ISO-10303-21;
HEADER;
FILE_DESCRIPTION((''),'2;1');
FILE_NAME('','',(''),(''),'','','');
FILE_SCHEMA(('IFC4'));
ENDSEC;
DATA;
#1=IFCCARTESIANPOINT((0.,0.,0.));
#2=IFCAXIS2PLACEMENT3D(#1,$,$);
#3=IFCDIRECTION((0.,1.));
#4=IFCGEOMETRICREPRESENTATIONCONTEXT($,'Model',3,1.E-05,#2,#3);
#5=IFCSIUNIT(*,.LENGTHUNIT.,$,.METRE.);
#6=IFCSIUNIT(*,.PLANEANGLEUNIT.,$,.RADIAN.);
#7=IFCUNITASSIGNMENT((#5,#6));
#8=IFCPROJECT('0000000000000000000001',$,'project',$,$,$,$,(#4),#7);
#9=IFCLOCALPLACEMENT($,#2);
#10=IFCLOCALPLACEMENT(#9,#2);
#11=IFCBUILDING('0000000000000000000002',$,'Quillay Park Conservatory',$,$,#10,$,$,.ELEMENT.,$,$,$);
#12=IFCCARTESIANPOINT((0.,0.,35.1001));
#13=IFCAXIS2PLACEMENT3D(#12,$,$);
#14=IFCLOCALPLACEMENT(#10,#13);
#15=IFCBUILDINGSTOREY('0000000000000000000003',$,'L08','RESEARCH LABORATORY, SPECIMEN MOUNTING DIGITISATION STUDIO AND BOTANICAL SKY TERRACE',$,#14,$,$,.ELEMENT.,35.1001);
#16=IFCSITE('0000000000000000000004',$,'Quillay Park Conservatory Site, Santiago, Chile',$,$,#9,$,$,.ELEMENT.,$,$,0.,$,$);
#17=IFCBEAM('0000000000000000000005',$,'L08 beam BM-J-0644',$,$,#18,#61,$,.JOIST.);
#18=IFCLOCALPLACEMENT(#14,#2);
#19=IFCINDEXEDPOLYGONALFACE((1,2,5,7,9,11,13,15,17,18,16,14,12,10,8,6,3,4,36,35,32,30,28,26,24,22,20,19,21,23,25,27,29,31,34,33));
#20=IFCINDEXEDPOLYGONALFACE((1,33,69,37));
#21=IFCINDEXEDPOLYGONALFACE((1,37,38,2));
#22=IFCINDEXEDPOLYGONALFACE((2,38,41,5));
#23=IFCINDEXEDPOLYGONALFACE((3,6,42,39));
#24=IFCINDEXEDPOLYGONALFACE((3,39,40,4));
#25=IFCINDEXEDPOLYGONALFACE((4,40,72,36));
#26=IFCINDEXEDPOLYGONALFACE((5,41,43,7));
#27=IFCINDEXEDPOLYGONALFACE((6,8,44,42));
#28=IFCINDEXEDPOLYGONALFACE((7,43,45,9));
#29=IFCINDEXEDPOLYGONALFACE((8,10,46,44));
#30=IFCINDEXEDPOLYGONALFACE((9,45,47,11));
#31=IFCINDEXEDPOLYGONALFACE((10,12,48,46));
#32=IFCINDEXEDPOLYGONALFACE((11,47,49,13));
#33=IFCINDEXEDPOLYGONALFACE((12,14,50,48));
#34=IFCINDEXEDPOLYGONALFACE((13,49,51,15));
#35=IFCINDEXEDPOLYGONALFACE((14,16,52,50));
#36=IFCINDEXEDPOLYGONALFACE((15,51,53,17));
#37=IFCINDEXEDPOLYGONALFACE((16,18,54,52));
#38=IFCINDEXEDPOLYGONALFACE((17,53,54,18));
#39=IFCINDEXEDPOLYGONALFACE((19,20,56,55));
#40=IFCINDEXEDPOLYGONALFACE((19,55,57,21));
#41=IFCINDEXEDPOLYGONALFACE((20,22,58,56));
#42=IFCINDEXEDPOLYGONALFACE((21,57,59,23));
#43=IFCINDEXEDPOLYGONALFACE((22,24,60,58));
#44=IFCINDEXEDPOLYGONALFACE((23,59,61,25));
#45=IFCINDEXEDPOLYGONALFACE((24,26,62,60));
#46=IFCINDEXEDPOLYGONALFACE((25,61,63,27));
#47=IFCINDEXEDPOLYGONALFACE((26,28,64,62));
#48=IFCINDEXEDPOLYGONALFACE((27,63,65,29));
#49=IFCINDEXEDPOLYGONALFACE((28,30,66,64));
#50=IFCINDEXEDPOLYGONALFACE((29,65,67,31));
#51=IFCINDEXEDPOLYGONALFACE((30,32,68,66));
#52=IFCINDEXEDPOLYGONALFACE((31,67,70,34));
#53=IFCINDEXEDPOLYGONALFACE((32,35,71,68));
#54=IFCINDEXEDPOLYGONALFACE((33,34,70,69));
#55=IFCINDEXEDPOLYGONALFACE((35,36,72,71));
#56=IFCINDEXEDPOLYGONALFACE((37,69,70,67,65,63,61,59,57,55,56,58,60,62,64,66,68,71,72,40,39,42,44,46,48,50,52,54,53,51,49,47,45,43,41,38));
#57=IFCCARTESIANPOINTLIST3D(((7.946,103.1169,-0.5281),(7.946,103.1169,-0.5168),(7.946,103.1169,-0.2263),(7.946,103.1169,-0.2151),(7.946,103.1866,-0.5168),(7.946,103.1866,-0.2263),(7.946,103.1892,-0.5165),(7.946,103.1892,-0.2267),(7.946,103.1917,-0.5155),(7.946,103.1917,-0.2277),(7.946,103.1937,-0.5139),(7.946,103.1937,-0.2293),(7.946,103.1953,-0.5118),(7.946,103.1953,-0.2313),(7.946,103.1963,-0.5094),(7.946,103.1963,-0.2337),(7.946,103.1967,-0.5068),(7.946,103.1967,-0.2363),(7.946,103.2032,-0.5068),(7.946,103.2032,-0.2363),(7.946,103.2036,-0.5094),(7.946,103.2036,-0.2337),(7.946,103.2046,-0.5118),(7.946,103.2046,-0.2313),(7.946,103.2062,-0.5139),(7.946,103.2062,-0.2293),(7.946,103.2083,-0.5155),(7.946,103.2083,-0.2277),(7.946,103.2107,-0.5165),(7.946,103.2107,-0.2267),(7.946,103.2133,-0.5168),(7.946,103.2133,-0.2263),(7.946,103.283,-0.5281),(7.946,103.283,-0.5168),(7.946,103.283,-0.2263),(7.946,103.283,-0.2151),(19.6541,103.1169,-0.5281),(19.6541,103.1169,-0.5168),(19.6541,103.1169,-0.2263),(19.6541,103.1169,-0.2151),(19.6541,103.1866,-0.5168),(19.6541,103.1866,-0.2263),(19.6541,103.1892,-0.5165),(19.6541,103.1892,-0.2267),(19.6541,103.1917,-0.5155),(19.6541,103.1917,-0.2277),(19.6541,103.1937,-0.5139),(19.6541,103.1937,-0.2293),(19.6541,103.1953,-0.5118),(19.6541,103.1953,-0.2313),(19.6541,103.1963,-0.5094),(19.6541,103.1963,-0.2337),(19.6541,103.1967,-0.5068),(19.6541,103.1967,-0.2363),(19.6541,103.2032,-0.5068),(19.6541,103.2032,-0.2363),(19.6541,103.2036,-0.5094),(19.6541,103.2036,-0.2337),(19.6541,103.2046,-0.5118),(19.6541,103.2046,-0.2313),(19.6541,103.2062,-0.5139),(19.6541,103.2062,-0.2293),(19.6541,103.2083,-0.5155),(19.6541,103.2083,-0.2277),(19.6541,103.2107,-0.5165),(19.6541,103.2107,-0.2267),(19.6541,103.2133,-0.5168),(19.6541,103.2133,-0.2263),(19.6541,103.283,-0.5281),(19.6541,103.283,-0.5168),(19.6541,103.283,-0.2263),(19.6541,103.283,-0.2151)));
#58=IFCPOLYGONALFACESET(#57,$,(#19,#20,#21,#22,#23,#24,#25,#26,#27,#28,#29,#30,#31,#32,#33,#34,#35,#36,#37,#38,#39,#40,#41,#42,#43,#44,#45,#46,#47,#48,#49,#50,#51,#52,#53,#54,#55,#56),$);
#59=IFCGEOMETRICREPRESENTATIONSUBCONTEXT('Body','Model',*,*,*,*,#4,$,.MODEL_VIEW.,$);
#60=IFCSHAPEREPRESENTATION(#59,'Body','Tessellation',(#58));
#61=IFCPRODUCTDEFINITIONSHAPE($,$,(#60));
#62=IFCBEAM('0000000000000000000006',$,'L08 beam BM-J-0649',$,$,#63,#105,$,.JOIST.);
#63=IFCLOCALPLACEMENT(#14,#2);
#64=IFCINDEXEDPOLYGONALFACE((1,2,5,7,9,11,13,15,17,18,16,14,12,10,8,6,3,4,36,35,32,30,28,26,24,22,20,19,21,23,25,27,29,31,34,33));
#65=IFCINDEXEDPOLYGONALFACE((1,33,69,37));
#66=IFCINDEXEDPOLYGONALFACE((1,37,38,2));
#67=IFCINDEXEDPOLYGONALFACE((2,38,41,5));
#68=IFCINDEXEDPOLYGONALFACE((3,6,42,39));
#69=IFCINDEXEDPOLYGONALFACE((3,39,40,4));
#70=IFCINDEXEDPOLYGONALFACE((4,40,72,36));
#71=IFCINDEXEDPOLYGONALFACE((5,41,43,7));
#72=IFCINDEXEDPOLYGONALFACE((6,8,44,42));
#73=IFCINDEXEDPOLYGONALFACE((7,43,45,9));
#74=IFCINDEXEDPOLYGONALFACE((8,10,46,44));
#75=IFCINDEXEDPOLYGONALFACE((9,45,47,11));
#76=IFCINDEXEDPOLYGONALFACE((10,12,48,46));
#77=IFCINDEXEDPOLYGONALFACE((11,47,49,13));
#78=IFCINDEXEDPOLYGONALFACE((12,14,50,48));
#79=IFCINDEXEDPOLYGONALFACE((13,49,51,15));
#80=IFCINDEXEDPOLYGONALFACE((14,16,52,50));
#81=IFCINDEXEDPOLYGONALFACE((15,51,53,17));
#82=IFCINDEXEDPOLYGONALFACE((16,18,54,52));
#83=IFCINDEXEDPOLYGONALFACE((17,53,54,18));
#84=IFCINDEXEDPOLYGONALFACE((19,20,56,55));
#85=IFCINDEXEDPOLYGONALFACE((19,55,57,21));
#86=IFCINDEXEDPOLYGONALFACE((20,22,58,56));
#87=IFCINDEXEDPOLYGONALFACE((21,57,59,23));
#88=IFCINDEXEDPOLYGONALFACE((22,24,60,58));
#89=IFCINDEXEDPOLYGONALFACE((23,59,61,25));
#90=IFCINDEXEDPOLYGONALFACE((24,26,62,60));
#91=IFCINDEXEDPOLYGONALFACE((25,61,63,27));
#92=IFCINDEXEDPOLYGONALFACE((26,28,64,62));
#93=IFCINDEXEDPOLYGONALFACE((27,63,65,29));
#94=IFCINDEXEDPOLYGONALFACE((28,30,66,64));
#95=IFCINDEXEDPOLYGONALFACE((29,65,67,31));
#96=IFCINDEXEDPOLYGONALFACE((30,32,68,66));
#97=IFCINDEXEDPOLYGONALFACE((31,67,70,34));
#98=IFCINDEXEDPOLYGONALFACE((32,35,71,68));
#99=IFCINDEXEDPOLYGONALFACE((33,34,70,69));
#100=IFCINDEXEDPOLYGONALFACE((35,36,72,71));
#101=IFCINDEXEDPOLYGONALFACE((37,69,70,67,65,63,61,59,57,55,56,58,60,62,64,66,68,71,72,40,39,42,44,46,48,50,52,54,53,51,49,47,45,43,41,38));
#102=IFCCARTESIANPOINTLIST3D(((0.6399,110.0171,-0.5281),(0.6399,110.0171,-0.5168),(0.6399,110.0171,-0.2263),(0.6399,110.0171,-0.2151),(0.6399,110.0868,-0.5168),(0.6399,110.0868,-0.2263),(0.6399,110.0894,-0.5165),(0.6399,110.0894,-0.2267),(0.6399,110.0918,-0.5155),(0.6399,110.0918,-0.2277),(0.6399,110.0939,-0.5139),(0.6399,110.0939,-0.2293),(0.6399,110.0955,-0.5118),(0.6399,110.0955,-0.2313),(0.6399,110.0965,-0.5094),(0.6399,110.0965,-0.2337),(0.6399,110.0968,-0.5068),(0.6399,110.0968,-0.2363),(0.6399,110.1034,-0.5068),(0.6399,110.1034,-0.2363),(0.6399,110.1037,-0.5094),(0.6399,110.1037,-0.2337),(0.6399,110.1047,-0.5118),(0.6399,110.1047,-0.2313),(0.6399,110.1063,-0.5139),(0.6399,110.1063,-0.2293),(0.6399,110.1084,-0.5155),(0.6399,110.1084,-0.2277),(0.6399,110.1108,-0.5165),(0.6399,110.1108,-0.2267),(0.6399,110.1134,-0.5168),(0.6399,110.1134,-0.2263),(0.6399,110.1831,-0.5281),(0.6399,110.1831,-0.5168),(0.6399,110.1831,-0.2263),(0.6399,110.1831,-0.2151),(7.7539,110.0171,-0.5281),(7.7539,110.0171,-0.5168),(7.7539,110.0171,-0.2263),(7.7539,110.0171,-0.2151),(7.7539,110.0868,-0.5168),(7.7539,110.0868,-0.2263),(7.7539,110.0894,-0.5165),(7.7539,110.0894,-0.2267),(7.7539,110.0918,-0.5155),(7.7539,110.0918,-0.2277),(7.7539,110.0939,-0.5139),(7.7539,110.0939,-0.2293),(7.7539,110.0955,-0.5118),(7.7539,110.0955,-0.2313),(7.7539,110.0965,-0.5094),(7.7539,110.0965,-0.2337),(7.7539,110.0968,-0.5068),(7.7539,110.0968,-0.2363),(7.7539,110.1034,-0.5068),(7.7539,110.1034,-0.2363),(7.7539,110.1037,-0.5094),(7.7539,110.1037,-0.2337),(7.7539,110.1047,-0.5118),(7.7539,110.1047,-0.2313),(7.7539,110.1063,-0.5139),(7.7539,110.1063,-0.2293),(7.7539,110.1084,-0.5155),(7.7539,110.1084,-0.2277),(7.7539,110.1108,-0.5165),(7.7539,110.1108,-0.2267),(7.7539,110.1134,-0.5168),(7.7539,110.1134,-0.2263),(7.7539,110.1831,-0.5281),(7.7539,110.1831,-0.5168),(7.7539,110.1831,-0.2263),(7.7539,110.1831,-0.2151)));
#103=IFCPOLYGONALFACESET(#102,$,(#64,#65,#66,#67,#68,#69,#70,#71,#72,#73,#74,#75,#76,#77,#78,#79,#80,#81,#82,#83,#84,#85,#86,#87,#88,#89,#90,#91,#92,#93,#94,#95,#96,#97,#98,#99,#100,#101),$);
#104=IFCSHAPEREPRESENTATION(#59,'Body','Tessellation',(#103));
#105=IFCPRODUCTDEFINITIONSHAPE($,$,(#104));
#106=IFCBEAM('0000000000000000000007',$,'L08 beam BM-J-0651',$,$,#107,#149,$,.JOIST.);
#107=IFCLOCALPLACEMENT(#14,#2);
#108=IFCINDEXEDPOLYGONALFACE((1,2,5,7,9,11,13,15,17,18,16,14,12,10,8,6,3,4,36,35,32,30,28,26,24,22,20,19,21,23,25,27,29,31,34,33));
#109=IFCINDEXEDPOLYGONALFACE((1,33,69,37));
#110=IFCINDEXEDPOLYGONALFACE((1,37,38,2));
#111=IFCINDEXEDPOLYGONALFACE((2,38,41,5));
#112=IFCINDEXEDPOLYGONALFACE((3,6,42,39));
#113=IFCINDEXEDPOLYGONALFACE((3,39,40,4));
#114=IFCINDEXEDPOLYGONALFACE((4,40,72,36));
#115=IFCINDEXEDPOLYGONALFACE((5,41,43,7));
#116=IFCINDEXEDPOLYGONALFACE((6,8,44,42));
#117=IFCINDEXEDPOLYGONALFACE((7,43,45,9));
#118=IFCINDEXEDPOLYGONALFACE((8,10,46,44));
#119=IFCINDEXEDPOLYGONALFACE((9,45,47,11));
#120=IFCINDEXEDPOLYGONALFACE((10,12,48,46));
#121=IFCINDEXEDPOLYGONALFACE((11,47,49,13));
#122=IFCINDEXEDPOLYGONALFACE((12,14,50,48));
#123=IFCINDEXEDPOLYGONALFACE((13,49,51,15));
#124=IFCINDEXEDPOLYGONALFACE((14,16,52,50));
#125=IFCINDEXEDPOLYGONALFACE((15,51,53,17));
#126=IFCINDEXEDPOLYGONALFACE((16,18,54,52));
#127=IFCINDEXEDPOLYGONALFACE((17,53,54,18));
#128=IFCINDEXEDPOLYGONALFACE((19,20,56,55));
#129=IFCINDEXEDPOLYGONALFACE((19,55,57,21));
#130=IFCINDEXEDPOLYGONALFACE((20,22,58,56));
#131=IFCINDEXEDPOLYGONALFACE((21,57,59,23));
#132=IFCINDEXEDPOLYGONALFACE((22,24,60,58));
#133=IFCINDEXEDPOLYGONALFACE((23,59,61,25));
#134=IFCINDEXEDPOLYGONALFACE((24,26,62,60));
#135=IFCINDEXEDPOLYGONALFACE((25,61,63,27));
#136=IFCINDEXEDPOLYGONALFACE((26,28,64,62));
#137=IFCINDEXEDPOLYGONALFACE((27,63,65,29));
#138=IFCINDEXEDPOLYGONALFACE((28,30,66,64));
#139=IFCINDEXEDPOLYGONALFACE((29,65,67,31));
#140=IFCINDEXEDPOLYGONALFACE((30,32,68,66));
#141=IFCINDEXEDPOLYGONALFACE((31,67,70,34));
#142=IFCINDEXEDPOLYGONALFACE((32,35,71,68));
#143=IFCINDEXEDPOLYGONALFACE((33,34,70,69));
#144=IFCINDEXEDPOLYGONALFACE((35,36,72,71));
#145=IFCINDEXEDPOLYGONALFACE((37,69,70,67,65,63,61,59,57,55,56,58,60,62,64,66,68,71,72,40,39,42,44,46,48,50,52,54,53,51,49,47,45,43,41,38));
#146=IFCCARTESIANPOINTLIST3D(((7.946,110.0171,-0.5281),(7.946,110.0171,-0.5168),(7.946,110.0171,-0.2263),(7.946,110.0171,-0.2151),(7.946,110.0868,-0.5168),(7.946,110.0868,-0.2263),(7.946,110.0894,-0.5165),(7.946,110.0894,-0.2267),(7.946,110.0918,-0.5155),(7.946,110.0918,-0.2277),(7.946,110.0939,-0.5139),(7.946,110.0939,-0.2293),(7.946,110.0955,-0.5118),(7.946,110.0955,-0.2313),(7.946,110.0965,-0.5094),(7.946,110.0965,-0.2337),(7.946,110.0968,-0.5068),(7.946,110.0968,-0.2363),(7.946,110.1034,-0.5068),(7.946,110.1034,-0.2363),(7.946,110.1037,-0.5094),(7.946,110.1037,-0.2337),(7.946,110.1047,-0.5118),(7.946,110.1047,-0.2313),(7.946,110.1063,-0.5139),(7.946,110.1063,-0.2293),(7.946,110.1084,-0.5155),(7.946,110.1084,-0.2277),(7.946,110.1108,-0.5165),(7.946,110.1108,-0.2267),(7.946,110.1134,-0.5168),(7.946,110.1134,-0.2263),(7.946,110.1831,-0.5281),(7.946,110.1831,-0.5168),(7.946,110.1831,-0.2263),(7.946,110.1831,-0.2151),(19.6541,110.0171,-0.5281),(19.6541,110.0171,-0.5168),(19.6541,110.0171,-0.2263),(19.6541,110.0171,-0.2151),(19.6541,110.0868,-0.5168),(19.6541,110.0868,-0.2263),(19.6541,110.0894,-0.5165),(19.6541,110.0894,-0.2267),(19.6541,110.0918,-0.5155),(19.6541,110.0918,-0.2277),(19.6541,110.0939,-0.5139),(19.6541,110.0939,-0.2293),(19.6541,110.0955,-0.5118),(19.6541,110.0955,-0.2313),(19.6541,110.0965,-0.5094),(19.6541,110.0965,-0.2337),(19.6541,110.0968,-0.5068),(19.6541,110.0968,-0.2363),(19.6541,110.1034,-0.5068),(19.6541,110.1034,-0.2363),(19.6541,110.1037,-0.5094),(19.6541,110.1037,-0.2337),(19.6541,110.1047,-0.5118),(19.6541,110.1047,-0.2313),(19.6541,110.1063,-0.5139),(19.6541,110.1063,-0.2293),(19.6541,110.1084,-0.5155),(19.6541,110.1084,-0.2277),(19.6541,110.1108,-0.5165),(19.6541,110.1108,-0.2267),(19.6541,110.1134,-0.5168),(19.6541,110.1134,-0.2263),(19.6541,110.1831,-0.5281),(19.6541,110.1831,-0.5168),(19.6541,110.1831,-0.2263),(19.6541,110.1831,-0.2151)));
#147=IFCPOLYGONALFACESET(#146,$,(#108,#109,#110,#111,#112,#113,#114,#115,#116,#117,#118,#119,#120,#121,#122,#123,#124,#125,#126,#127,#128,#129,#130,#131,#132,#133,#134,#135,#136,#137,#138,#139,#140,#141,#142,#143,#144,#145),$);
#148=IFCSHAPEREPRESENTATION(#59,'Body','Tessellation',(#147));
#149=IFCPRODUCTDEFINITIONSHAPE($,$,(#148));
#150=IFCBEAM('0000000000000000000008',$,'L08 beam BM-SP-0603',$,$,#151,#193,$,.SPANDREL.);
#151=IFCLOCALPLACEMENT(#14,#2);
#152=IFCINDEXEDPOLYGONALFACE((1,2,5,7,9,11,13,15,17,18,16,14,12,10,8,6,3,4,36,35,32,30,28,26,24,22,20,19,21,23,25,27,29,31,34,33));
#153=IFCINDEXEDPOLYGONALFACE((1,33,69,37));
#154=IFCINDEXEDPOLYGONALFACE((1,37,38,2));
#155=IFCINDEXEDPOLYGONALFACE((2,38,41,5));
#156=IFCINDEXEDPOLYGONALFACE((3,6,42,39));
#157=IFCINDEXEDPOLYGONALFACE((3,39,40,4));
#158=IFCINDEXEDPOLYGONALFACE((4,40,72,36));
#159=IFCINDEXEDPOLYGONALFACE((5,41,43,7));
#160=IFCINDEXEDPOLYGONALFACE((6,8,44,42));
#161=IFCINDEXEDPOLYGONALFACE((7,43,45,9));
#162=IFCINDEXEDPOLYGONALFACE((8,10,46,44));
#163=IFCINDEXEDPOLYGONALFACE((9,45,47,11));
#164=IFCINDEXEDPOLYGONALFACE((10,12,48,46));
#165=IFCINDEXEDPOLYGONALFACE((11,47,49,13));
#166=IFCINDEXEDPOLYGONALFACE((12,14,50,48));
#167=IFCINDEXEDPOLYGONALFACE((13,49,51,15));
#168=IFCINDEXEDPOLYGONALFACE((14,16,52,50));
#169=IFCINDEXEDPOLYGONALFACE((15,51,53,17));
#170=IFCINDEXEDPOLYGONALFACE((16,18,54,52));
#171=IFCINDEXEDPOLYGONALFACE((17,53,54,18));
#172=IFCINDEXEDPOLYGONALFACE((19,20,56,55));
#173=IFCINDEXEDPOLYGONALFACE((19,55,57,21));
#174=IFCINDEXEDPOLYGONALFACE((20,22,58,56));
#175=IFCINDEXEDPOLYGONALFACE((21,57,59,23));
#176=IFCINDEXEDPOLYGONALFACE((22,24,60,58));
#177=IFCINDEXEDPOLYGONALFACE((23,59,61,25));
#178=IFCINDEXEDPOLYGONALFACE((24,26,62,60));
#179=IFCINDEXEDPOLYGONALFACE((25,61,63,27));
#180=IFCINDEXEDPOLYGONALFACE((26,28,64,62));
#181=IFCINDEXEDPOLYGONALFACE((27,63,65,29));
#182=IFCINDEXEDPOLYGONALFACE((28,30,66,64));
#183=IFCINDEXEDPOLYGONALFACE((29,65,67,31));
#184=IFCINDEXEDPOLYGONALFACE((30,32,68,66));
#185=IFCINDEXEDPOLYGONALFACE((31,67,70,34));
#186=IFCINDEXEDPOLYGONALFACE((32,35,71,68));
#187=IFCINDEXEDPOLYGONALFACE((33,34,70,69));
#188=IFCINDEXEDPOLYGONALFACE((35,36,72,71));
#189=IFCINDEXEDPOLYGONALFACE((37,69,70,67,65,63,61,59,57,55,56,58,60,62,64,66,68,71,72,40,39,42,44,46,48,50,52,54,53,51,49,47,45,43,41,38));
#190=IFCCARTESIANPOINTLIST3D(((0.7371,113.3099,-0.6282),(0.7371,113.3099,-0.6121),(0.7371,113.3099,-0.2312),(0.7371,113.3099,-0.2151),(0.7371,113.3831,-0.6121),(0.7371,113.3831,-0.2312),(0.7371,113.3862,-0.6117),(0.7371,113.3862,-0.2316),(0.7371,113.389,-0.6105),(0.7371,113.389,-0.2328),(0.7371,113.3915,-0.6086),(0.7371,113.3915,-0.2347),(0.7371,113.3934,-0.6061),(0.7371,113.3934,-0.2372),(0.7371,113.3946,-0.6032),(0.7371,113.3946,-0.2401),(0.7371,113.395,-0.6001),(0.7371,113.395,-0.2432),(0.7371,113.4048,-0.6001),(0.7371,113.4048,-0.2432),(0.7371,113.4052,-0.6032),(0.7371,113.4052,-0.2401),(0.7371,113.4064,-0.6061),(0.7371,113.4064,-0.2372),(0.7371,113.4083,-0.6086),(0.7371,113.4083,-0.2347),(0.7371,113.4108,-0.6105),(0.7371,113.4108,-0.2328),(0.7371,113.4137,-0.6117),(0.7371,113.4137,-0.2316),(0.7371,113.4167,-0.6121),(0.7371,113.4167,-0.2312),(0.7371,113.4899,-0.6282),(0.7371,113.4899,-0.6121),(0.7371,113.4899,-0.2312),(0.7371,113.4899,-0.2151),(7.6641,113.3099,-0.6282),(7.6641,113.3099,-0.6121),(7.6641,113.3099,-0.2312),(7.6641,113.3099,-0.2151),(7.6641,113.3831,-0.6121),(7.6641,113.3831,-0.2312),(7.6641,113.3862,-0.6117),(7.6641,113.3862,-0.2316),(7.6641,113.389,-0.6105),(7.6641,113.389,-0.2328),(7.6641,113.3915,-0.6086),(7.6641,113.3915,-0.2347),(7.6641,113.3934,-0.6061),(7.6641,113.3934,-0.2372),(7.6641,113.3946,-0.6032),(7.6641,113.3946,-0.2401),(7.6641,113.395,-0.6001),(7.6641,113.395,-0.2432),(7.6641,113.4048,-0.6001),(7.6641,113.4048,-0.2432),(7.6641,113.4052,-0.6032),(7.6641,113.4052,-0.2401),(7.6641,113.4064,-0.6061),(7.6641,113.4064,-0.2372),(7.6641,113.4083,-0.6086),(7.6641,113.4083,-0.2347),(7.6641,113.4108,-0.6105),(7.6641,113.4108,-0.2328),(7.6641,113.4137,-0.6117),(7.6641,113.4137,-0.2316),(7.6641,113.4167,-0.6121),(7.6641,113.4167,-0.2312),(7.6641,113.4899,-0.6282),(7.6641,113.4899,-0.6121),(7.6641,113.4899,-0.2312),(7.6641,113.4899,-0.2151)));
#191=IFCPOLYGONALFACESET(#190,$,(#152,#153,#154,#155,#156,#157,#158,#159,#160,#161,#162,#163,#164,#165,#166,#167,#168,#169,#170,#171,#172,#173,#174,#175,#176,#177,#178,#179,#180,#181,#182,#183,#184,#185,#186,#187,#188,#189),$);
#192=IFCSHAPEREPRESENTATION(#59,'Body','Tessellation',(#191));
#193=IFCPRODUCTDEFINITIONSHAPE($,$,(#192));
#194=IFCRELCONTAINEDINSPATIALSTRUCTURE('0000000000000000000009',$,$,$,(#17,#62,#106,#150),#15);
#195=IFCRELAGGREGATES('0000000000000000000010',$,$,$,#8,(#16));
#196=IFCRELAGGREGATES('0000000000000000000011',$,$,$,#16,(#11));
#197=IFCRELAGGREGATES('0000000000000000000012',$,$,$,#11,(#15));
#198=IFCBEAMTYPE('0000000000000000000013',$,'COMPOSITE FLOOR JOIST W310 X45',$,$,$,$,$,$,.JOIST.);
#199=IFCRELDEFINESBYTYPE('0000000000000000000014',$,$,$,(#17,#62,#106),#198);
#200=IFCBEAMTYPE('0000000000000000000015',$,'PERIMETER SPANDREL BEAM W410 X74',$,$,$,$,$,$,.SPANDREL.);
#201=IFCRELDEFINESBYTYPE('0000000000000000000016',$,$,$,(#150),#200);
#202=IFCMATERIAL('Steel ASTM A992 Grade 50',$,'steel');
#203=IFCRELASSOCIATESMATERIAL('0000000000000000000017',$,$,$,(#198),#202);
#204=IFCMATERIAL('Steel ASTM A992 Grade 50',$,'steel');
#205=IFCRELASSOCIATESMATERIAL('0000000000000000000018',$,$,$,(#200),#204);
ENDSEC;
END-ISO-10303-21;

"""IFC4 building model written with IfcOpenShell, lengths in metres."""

from ifc_helpers import new_model, si_unit, direction, frame, origin, origin_2d, place, context, subcontext, project, spatial, i_section, extrude, material, material_profile, profile_set, type_object, element, save


model = new_model("IFC4")

# Units and contexts
model_context = context("Model", 3, precision=1e-05, world=origin(), true_north=direction((0.0, 1.0)))
body_context = subcontext(model_context, "Body", "Model", "MODEL_VIEW")
ifc_project = project(units=[si_unit("LENGTHUNIT", "METRE"), si_unit("PLANEANGLEUNIT", "RADIAN")], contexts=[model_context])

# Site, building, storey
site_placement = place(None, origin())
site = spatial("IfcSite", under=ifc_project, at=site_placement, Name="Quillay Park Conservatory Site, Santiago, Chile", CompositionType="ELEMENT", RefElevation=0.0)
building_placement = place(site_placement, origin())
building = spatial("IfcBuilding", under=site, at=building_placement, Name="Quillay Park Conservatory", CompositionType="ELEMENT")
storey_placement = place(building_placement, frame((0.0, 0.0, 35.1001)))
storey = spatial("IfcBuildingStorey", under=building, at=storey_placement, Name="L08", Description="RESEARCH LABORATORY, SPECIMEN MOUNTING DIGITISATION STUDIO AND BOTANICAL SKY TERRACE", CompositionType="ELEMENT", Elevation=35.1001)

# Beams
ifc_material_1 = material(Name="Steel ASTM A992 Grade 50", Category="steel")
ifc_material_profile_1 = material_profile(ifc_material_1, i_section(OverallWidth=0.166, OverallDepth=0.313, WebThickness=0.0066, FlangeThickness=0.0112, FilletRadius=0.01, at=origin_2d()), Name="W310x45")
ifc_profile_set_1 = profile_set([ifc_material_profile_1], Name="Steel ASTM A992 Grade 50")
beam_type_1 = type_object("IfcBeamType", Name="COMPOSITE FLOOR JOIST W310 X45", PredefinedType="JOIST", material=ifc_profile_set_1)
beam_1_placement = place(storey_placement, frame((7.946, 103.2, -0.3716), z_axis=(1.0, 0.0, 0.0), x_axis=(0.0, 1.0, 0.0)))
element("IfcBeam", 1, at=beam_1_placement, inside=storey, type_object=beam_type_1, Name="L08 beam BM-J-0644", PredefinedType="JOIST", context=body_context, shape_type="SweptSolid", body=[
    extrude(i_section(OverallWidth=0.166, OverallDepth=0.313, WebThickness=0.0066, FlangeThickness=0.0112, FilletRadius=0.01, at=origin_2d()), origin(), (0.0, 0.0, 1.0), 11.708),
])
beam_2_placement = place(storey_placement, frame((0.6399, 110.1001, -0.3716), z_axis=(1.0, 0.0, 0.0), x_axis=(0.0, 1.0, 0.0)))
element("IfcBeam", 2, at=beam_2_placement, inside=storey, type_object=beam_type_1, Name="L08 beam BM-J-0649", PredefinedType="JOIST", context=body_context, shape_type="SweptSolid", body=[
    extrude(i_section(OverallWidth=0.166, OverallDepth=0.313, WebThickness=0.0066, FlangeThickness=0.0112, FilletRadius=0.01, at=origin_2d()), origin(), (0.0, 0.0, 1.0), 7.114),
])
beam_3_placement = place(storey_placement, frame((7.946, 110.1001, -0.3716), z_axis=(1.0, 0.0, 0.0), x_axis=(0.0, 1.0, 0.0)))
element("IfcBeam", 3, at=beam_3_placement, inside=storey, type_object=beam_type_1, Name="L08 beam BM-J-0651", PredefinedType="JOIST", context=body_context, shape_type="SweptSolid", body=[
    extrude(i_section(OverallWidth=0.166, OverallDepth=0.313, WebThickness=0.0066, FlangeThickness=0.0112, FilletRadius=0.01, at=origin_2d()), origin(), (0.0, 0.0, 1.0), 11.708),
])
ifc_material_2 = material(Name="Steel ASTM A992 Grade 50", Category="steel")
ifc_material_profile_2 = material_profile(ifc_material_2, i_section(OverallWidth=0.1799, OverallDepth=0.4131, WebThickness=0.0098, FlangeThickness=0.0161, FilletRadius=0.012, at=origin_2d()), Name="W410x74")
ifc_profile_set_2 = profile_set([ifc_material_profile_2], Name="Steel ASTM A992 Grade 50")
beam_type_2 = type_object("IfcBeamType", Name="PERIMETER SPANDREL BEAM W410 X74", PredefinedType="SPANDREL", material=ifc_profile_set_2)
beam_4_placement = place(storey_placement, frame((0.7371, 113.3999, -0.4216), z_axis=(1.0, 0.0, 0.0), x_axis=(0.0, 1.0, 0.0)))
element("IfcBeam", 4, at=beam_4_placement, inside=storey, type_object=beam_type_2, Name="L08 beam BM-SP-0603", PredefinedType="SPANDREL", context=body_context, shape_type="SweptSolid", body=[
    extrude(i_section(OverallWidth=0.1799, OverallDepth=0.4131, WebThickness=0.0098, FlangeThickness=0.0161, FilletRadius=0.012, at=origin_2d()), origin(), (0.0, 0.0, 1.0), 6.927),
])

save(model, "model.ifc")
